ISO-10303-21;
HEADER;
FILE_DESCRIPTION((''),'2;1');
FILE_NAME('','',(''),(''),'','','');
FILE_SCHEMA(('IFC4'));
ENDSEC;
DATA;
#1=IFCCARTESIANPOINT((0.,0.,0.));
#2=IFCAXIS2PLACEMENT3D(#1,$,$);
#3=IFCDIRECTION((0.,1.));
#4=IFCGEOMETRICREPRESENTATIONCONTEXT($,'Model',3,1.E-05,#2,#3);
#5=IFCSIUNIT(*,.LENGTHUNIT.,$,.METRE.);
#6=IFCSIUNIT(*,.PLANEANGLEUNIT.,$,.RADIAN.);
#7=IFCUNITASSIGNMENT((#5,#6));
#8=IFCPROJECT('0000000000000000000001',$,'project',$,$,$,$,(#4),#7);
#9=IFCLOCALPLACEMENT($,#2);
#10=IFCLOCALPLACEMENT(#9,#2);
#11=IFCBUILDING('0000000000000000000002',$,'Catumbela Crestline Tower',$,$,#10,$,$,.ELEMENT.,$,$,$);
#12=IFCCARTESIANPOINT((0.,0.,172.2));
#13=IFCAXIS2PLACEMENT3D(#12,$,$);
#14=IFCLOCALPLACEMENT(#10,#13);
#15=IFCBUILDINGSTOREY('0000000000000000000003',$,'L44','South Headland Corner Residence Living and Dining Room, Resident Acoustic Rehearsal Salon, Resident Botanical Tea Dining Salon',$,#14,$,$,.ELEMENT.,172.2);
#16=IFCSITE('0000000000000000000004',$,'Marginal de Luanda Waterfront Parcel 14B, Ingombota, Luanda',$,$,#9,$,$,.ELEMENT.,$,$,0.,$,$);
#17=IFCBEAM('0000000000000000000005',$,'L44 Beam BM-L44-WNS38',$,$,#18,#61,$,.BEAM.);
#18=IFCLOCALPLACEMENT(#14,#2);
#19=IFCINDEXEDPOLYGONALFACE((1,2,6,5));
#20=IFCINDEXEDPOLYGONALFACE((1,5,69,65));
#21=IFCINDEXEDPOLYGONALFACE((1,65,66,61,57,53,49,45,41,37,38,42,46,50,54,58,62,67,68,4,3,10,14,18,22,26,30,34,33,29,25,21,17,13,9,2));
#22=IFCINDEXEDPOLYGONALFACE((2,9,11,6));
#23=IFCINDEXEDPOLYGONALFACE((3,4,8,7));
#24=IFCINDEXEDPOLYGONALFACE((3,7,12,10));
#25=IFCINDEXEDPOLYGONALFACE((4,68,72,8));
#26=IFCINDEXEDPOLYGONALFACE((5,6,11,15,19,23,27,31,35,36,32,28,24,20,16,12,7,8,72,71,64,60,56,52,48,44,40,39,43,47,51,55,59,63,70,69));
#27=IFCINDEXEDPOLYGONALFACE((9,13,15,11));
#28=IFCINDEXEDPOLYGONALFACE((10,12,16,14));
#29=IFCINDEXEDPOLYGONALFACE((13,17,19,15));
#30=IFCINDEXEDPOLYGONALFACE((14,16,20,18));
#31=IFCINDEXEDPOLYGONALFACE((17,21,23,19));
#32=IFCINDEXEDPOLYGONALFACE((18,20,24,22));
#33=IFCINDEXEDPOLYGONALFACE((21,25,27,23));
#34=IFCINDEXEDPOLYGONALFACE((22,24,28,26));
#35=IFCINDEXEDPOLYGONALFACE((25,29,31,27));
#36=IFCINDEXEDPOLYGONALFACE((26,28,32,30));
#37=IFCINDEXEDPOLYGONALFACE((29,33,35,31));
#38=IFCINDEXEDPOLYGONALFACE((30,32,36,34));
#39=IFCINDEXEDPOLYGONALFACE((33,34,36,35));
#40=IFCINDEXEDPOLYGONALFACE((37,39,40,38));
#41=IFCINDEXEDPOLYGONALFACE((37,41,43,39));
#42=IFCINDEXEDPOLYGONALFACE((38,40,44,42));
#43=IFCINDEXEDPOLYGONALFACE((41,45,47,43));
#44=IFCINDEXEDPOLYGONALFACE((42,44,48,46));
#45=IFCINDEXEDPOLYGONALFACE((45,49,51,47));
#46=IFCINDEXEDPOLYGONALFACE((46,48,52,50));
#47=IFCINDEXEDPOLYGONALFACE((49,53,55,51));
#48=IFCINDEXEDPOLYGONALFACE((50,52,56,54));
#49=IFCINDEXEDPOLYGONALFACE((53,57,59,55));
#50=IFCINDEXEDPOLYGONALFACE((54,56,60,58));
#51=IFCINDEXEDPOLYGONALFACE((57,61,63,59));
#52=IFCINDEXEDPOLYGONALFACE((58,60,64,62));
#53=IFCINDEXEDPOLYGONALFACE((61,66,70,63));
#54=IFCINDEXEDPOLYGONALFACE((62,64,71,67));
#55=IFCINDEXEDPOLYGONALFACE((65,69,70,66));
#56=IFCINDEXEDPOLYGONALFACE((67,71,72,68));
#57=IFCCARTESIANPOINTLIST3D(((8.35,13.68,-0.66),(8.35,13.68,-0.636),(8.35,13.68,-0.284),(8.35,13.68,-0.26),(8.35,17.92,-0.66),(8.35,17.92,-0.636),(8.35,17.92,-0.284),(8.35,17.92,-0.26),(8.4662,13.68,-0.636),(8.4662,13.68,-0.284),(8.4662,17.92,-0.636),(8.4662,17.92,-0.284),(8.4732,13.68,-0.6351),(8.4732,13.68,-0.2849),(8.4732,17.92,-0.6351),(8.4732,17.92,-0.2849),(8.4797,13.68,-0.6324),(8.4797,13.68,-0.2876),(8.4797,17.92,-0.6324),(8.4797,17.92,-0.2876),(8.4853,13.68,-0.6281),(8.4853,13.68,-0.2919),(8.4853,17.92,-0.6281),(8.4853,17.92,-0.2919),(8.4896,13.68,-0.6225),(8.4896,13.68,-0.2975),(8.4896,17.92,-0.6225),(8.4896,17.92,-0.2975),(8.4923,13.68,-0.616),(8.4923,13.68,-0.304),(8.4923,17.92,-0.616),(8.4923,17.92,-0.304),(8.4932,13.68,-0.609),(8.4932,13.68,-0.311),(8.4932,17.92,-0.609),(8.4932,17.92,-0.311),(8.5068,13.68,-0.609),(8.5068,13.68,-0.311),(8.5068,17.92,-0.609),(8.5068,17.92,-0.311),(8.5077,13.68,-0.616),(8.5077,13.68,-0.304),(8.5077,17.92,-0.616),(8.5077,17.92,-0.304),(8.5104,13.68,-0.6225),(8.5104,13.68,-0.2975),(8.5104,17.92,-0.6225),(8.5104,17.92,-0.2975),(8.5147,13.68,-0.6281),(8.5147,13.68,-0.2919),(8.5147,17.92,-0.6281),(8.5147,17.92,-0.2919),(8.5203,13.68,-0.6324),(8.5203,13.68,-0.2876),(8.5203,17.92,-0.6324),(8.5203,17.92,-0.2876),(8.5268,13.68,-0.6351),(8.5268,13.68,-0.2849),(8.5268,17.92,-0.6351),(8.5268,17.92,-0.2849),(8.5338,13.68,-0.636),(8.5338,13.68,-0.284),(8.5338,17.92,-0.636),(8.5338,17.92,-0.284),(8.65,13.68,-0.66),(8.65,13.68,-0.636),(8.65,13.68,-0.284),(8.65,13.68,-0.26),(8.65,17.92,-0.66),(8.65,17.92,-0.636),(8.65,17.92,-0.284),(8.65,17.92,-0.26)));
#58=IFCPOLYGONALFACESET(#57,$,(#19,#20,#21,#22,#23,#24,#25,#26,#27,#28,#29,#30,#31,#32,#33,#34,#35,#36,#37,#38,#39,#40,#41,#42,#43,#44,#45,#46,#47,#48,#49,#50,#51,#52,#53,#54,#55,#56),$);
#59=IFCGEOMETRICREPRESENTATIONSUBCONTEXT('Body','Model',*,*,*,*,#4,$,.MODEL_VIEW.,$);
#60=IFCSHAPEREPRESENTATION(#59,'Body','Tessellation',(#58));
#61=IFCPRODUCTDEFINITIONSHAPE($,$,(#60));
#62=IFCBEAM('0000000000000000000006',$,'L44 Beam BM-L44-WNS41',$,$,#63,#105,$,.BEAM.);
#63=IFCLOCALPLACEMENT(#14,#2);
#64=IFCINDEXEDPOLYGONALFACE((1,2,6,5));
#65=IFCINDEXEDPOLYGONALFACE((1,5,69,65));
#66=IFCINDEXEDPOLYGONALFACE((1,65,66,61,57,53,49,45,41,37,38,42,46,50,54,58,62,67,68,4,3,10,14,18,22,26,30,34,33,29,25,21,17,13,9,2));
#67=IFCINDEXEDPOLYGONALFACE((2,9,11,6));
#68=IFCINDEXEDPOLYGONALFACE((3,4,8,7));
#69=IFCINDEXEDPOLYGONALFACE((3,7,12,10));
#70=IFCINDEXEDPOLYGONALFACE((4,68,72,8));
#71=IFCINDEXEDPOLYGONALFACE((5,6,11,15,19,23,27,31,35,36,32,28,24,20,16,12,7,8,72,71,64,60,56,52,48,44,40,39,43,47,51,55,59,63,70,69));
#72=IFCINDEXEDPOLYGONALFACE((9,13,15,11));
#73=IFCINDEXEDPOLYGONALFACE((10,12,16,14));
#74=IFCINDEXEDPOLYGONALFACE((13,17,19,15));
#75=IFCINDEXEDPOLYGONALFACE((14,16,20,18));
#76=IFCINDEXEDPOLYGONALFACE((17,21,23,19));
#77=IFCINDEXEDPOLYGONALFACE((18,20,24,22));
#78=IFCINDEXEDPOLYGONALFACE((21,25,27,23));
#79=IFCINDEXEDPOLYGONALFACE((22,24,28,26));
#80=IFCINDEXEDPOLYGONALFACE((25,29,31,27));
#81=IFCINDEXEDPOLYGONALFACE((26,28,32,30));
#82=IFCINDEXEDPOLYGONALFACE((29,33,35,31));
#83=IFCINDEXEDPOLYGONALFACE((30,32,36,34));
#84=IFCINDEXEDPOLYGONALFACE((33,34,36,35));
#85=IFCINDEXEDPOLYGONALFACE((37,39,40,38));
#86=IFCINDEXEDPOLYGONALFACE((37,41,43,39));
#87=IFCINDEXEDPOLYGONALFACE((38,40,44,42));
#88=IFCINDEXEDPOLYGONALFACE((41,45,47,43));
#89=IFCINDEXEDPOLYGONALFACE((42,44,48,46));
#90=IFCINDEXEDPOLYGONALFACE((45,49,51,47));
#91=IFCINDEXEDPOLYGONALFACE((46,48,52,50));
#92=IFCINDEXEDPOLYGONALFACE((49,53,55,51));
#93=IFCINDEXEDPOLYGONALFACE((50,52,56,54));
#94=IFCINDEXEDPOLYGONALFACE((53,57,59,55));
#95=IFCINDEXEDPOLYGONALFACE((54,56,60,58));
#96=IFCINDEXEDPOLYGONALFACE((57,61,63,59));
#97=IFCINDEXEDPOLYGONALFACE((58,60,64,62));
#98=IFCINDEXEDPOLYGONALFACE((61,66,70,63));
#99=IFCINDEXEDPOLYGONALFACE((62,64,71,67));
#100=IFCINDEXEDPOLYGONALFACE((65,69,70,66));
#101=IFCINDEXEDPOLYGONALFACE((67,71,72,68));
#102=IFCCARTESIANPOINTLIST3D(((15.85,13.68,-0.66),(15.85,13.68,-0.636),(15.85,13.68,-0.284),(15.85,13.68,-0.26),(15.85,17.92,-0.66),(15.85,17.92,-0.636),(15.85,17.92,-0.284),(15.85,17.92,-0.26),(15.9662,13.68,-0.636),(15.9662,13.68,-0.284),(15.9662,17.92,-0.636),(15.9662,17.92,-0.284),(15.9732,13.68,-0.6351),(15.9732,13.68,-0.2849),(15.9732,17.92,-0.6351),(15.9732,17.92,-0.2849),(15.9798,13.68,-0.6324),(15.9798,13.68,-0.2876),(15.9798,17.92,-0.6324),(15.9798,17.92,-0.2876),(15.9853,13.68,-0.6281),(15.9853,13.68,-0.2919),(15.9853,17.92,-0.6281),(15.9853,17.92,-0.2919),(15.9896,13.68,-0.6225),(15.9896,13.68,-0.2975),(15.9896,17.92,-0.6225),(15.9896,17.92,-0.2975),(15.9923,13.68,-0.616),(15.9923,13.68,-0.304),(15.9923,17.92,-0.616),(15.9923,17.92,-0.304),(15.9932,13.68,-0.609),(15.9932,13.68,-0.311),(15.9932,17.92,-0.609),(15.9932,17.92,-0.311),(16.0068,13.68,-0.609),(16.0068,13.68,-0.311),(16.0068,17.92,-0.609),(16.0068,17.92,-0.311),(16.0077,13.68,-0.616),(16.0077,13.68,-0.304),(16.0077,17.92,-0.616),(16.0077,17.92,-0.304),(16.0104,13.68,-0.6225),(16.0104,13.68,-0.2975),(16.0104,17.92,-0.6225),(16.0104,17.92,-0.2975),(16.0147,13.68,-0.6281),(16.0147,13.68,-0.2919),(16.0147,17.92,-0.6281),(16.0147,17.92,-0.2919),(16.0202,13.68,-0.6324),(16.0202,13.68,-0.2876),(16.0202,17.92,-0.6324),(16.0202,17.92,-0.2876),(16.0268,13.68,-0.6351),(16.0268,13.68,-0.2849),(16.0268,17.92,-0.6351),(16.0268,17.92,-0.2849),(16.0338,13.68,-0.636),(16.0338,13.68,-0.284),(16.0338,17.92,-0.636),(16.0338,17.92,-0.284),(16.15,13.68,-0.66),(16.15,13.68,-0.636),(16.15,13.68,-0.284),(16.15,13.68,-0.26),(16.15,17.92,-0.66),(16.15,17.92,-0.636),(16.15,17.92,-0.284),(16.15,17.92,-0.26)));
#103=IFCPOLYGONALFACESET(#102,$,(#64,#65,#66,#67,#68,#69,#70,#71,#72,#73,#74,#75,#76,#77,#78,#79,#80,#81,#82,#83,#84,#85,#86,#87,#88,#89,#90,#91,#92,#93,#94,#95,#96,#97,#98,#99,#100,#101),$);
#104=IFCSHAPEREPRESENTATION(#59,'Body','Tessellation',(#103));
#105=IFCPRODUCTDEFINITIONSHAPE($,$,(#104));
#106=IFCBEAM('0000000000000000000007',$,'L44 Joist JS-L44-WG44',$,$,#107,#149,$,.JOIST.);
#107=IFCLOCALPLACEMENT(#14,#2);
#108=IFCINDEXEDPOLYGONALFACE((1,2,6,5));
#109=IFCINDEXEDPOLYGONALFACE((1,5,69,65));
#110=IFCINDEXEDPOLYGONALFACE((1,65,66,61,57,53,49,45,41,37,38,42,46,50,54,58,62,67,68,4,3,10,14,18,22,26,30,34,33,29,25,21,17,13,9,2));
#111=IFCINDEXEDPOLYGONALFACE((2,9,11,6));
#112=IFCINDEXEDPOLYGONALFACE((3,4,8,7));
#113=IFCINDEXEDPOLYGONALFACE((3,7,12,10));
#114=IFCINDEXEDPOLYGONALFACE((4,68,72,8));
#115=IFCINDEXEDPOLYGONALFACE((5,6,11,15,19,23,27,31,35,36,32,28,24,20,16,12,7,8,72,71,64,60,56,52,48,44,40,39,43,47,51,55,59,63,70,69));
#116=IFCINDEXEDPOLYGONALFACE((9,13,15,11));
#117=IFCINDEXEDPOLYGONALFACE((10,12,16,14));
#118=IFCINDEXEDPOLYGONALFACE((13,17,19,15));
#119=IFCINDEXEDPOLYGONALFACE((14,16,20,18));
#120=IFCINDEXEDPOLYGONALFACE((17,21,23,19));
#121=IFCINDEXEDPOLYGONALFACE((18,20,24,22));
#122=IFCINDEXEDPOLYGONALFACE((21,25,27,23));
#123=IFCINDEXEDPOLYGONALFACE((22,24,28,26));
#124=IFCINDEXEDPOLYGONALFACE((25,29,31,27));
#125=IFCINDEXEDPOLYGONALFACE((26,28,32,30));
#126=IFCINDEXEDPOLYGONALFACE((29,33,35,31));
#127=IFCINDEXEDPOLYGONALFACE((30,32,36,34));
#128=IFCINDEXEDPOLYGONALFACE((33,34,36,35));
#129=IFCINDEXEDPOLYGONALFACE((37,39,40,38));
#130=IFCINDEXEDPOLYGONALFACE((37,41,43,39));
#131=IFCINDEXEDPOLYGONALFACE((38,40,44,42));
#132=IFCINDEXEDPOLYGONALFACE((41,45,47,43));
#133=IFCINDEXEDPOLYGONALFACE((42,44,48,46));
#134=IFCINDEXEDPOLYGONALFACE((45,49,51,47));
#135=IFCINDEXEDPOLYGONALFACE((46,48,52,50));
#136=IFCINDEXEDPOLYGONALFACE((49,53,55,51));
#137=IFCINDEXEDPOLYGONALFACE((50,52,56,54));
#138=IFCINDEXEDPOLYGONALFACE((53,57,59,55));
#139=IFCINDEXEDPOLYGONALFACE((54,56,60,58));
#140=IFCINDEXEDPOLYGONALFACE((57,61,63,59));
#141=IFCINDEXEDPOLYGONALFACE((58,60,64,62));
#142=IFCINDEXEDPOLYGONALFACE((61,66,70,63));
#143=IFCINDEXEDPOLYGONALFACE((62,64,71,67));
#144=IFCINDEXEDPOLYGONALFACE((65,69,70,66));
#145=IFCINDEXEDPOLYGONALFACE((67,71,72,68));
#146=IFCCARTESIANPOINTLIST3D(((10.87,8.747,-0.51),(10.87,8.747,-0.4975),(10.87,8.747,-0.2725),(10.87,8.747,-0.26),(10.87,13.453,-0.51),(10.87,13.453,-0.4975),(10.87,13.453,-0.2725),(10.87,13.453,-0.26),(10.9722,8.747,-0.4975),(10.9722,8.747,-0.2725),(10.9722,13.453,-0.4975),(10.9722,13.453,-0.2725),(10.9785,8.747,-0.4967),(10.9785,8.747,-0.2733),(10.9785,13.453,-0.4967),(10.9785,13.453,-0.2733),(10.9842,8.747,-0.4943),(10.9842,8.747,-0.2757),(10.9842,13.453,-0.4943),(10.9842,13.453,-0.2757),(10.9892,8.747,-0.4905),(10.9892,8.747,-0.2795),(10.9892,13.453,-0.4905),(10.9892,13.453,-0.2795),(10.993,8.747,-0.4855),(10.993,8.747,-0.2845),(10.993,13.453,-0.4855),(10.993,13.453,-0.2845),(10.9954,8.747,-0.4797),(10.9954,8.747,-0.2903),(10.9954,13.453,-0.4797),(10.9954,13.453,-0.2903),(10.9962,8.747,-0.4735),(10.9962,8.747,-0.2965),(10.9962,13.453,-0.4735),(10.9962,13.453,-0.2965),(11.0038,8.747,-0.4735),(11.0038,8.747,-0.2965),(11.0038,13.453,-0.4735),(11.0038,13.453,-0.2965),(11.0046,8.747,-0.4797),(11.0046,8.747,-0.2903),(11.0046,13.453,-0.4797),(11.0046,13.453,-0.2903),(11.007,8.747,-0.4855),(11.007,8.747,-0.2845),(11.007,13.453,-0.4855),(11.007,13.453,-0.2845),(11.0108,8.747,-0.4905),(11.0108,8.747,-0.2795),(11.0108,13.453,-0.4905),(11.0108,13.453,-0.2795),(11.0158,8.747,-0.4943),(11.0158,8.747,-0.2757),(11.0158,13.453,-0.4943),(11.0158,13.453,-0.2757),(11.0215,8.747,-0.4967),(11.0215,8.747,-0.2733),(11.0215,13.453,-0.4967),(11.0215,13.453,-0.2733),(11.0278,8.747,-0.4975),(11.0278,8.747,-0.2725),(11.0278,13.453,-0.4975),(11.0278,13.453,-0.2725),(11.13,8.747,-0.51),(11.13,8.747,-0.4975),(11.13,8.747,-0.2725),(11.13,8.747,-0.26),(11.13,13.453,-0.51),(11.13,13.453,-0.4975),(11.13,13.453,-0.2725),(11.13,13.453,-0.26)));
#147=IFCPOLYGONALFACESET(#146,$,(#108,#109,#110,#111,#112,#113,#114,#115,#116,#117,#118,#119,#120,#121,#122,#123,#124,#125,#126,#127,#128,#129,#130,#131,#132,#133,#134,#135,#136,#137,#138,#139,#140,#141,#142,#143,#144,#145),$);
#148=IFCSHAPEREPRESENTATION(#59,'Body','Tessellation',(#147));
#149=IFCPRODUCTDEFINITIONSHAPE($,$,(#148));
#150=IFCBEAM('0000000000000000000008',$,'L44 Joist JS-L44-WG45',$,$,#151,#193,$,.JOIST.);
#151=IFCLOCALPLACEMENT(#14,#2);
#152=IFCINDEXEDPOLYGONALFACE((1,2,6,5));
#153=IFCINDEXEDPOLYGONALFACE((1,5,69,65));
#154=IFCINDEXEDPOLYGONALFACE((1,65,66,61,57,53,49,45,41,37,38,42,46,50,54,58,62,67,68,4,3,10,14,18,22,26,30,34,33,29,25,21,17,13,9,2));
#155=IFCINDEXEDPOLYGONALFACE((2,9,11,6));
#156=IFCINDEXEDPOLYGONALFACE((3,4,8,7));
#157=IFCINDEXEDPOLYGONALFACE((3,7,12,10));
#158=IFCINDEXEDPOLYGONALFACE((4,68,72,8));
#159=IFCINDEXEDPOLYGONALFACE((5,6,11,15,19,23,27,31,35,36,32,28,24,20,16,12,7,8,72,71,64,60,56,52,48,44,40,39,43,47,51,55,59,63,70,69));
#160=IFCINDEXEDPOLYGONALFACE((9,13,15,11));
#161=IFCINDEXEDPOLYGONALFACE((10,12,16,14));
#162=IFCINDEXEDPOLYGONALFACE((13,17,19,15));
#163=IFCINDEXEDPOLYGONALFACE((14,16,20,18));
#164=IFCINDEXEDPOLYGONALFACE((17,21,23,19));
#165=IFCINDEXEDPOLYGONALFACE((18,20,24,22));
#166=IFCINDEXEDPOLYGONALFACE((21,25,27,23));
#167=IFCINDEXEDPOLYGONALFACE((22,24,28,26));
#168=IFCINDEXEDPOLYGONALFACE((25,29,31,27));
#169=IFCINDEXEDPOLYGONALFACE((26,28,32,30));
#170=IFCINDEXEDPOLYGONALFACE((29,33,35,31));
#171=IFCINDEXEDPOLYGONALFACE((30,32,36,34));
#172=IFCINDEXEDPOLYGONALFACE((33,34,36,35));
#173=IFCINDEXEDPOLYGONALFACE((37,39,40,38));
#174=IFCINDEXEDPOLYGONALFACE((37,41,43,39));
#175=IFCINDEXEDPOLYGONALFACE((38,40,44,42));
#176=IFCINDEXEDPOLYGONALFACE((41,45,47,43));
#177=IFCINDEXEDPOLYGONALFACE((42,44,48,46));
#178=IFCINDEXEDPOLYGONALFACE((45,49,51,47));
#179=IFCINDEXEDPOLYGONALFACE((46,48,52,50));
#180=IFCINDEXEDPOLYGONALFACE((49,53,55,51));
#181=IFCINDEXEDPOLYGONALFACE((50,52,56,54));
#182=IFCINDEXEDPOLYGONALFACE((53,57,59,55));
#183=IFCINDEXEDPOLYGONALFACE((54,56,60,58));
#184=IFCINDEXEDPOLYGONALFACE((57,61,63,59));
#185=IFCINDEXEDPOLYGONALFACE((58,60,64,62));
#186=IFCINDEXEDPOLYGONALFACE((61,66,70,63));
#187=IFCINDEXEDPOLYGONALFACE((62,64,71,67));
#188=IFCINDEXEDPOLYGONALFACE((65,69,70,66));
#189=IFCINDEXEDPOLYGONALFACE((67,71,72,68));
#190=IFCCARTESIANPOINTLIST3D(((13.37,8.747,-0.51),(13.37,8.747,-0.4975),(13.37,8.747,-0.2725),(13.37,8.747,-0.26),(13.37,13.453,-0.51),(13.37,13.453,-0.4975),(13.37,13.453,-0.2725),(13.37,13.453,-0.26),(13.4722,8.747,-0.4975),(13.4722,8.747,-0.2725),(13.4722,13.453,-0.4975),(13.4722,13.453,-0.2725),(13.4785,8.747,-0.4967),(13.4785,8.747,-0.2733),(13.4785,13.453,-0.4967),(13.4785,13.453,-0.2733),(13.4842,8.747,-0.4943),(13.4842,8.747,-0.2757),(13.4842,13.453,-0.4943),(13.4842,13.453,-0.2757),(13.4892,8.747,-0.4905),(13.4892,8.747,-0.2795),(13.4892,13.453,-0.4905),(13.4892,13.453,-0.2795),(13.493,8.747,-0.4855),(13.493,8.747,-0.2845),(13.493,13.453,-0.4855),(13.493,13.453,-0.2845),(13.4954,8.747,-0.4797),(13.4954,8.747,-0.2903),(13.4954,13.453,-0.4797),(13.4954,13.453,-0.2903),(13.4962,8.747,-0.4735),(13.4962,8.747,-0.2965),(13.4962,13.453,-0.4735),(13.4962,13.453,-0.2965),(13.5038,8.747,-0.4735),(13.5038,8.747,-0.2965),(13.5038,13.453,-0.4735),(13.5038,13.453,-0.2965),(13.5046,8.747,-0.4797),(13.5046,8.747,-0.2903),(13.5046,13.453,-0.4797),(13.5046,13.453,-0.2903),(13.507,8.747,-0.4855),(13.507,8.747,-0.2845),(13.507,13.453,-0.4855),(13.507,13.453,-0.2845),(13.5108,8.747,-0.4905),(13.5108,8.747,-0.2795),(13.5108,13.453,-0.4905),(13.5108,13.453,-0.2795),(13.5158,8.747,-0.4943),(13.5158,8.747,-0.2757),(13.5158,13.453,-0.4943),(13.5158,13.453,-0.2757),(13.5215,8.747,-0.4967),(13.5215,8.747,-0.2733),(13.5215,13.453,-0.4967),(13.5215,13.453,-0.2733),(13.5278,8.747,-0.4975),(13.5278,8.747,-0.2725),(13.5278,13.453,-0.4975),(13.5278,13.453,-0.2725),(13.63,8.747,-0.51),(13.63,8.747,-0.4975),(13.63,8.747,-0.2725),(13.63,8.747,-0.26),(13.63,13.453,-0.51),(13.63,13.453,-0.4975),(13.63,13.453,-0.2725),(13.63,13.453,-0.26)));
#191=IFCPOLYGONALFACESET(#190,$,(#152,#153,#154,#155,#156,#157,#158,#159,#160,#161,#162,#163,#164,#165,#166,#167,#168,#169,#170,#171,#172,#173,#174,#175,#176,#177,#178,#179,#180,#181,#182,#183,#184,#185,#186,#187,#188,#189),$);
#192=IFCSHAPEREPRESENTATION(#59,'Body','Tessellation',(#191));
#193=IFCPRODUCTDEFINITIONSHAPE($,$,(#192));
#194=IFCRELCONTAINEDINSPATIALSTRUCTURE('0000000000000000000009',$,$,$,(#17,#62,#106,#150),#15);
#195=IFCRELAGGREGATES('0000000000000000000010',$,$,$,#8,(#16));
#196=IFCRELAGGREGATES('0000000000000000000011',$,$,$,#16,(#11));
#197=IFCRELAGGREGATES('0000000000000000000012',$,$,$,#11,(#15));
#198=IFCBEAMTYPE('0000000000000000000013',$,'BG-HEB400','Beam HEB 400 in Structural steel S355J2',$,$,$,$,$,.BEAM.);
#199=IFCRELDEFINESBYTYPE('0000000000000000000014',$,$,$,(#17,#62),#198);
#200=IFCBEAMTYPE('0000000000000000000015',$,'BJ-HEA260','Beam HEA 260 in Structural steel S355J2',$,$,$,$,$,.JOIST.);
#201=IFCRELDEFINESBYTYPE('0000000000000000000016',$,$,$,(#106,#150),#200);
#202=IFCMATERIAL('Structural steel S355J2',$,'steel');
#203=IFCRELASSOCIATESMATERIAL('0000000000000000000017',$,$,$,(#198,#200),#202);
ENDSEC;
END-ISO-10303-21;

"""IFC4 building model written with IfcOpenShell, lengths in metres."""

from ifc_helpers import new_model, si_unit, direction, frame, origin, origin_2d, place, context, subcontext, project, spatial, i_section, extrude, material, material_profile, profile_set, type_object, element, save


model = new_model("IFC4")

# Units and contexts
model_context = context("Model", 3, precision=1e-05, world=origin(), true_north=direction((0.0, 1.0)))
body_context = subcontext(model_context, "Body", "Model", "MODEL_VIEW")
ifc_project = project(units=[si_unit("LENGTHUNIT", "METRE"), si_unit("PLANEANGLEUNIT", "RADIAN")], contexts=[model_context])

# Site, building, storey
site_placement = place(None, origin())
site = spatial("IfcSite", under=ifc_project, at=site_placement, Name="Marginal de Luanda Waterfront Parcel 14B, Ingombota, Luanda", CompositionType="ELEMENT", RefElevation=0.0)
building_placement = place(site_placement, origin())
building = spatial("IfcBuilding", under=site, at=building_placement, Name="Catumbela Crestline Tower", CompositionType="ELEMENT")
storey_placement = place(building_placement, frame((0.0, 0.0, 172.2)))
storey = spatial("IfcBuildingStorey", under=building, at=storey_placement, Name="L44", Description="South Headland Corner Residence Living and Dining Room, Resident Acoustic Rehearsal Salon, Resident Botanical Tea Dining Salon", CompositionType="ELEMENT", Elevation=172.2)

# Shared definitions
ifc_material_1 = material(Name="Structural steel S355J2", Category="steel")

# Beams
ifc_material_profile_1 = material_profile(ifc_material_1, i_section(OverallWidth=0.3, OverallDepth=0.4, WebThickness=0.0135, FlangeThickness=0.024, FilletRadius=0.027, at=origin_2d()), Name="HEB 400")
ifc_profile_set_1 = profile_set([ifc_material_profile_1], Name="Structural steel S355J2")
beam_type_1 = type_object("IfcBeamType", Name="BG-HEB400", Description="Beam HEB 400 in Structural steel S355J2", PredefinedType="BEAM", material=ifc_profile_set_1)
for number, where, z_axis, x_axis, name in (
    (1, (8.5, 13.68, -0.46), (0.0, 1.0, 0.0), (-1.0, 0.0, 0.0), "L44 Beam BM-L44-WNS38"),
    (2, (16.0, 13.68, -0.46), (0.0, 1.0, 0.0), (-1.0, 0.0, 0.0), "L44 Beam BM-L44-WNS41"),
):
    element("IfcBeam", number, at=place(storey_placement, frame(where, z_axis=z_axis, x_axis=x_axis)), inside=storey, type_object=beam_type_1, Name=name, PredefinedType="BEAM", context=body_context, shape_type="SweptSolid", body=[
        extrude(i_section(OverallWidth=0.3, OverallDepth=0.4, WebThickness=0.0135, FlangeThickness=0.024, FilletRadius=0.027, at=origin_2d()), origin(), (0.0, 0.0, 1.0), 4.24),
    ])
ifc_material_profile_2 = material_profile(ifc_material_1, i_section(OverallWidth=0.26, OverallDepth=0.25, WebThickness=0.0075, FlangeThickness=0.0125, FilletRadius=0.024, at=origin_2d()), Name="HEA 260")
ifc_profile_set_2 = profile_set([ifc_material_profile_2], Name="Structural steel S355J2")
beam_type_2 = type_object("IfcBeamType", Name="BJ-HEA260", Description="Beam HEA 260 in Structural steel S355J2", PredefinedType="JOIST", material=ifc_profile_set_2)
for number, where, z_axis, x_axis, name in (
    (3, (11.0, 8.747, -0.385), (0.0, 1.0, 0.0), (-1.0, 0.0, 0.0), "L44 Joist JS-L44-WG44"),
    (4, (13.5, 8.747, -0.385), (0.0, 1.0, 0.0), (-1.0, 0.0, 0.0), "L44 Joist JS-L44-WG45"),
):
    element("IfcBeam", number, at=place(storey_placement, frame(where, z_axis=z_axis, x_axis=x_axis)), inside=storey, type_object=beam_type_2, Name=name, PredefinedType="JOIST", context=body_context, shape_type="SweptSolid", body=[
        extrude(i_section(OverallWidth=0.26, OverallDepth=0.25, WebThickness=0.0075, FlangeThickness=0.0125, FilletRadius=0.024, at=origin_2d()), origin(), (0.0, 0.0, 1.0), 4.706),
    ])

save(model, "model.ifc")
